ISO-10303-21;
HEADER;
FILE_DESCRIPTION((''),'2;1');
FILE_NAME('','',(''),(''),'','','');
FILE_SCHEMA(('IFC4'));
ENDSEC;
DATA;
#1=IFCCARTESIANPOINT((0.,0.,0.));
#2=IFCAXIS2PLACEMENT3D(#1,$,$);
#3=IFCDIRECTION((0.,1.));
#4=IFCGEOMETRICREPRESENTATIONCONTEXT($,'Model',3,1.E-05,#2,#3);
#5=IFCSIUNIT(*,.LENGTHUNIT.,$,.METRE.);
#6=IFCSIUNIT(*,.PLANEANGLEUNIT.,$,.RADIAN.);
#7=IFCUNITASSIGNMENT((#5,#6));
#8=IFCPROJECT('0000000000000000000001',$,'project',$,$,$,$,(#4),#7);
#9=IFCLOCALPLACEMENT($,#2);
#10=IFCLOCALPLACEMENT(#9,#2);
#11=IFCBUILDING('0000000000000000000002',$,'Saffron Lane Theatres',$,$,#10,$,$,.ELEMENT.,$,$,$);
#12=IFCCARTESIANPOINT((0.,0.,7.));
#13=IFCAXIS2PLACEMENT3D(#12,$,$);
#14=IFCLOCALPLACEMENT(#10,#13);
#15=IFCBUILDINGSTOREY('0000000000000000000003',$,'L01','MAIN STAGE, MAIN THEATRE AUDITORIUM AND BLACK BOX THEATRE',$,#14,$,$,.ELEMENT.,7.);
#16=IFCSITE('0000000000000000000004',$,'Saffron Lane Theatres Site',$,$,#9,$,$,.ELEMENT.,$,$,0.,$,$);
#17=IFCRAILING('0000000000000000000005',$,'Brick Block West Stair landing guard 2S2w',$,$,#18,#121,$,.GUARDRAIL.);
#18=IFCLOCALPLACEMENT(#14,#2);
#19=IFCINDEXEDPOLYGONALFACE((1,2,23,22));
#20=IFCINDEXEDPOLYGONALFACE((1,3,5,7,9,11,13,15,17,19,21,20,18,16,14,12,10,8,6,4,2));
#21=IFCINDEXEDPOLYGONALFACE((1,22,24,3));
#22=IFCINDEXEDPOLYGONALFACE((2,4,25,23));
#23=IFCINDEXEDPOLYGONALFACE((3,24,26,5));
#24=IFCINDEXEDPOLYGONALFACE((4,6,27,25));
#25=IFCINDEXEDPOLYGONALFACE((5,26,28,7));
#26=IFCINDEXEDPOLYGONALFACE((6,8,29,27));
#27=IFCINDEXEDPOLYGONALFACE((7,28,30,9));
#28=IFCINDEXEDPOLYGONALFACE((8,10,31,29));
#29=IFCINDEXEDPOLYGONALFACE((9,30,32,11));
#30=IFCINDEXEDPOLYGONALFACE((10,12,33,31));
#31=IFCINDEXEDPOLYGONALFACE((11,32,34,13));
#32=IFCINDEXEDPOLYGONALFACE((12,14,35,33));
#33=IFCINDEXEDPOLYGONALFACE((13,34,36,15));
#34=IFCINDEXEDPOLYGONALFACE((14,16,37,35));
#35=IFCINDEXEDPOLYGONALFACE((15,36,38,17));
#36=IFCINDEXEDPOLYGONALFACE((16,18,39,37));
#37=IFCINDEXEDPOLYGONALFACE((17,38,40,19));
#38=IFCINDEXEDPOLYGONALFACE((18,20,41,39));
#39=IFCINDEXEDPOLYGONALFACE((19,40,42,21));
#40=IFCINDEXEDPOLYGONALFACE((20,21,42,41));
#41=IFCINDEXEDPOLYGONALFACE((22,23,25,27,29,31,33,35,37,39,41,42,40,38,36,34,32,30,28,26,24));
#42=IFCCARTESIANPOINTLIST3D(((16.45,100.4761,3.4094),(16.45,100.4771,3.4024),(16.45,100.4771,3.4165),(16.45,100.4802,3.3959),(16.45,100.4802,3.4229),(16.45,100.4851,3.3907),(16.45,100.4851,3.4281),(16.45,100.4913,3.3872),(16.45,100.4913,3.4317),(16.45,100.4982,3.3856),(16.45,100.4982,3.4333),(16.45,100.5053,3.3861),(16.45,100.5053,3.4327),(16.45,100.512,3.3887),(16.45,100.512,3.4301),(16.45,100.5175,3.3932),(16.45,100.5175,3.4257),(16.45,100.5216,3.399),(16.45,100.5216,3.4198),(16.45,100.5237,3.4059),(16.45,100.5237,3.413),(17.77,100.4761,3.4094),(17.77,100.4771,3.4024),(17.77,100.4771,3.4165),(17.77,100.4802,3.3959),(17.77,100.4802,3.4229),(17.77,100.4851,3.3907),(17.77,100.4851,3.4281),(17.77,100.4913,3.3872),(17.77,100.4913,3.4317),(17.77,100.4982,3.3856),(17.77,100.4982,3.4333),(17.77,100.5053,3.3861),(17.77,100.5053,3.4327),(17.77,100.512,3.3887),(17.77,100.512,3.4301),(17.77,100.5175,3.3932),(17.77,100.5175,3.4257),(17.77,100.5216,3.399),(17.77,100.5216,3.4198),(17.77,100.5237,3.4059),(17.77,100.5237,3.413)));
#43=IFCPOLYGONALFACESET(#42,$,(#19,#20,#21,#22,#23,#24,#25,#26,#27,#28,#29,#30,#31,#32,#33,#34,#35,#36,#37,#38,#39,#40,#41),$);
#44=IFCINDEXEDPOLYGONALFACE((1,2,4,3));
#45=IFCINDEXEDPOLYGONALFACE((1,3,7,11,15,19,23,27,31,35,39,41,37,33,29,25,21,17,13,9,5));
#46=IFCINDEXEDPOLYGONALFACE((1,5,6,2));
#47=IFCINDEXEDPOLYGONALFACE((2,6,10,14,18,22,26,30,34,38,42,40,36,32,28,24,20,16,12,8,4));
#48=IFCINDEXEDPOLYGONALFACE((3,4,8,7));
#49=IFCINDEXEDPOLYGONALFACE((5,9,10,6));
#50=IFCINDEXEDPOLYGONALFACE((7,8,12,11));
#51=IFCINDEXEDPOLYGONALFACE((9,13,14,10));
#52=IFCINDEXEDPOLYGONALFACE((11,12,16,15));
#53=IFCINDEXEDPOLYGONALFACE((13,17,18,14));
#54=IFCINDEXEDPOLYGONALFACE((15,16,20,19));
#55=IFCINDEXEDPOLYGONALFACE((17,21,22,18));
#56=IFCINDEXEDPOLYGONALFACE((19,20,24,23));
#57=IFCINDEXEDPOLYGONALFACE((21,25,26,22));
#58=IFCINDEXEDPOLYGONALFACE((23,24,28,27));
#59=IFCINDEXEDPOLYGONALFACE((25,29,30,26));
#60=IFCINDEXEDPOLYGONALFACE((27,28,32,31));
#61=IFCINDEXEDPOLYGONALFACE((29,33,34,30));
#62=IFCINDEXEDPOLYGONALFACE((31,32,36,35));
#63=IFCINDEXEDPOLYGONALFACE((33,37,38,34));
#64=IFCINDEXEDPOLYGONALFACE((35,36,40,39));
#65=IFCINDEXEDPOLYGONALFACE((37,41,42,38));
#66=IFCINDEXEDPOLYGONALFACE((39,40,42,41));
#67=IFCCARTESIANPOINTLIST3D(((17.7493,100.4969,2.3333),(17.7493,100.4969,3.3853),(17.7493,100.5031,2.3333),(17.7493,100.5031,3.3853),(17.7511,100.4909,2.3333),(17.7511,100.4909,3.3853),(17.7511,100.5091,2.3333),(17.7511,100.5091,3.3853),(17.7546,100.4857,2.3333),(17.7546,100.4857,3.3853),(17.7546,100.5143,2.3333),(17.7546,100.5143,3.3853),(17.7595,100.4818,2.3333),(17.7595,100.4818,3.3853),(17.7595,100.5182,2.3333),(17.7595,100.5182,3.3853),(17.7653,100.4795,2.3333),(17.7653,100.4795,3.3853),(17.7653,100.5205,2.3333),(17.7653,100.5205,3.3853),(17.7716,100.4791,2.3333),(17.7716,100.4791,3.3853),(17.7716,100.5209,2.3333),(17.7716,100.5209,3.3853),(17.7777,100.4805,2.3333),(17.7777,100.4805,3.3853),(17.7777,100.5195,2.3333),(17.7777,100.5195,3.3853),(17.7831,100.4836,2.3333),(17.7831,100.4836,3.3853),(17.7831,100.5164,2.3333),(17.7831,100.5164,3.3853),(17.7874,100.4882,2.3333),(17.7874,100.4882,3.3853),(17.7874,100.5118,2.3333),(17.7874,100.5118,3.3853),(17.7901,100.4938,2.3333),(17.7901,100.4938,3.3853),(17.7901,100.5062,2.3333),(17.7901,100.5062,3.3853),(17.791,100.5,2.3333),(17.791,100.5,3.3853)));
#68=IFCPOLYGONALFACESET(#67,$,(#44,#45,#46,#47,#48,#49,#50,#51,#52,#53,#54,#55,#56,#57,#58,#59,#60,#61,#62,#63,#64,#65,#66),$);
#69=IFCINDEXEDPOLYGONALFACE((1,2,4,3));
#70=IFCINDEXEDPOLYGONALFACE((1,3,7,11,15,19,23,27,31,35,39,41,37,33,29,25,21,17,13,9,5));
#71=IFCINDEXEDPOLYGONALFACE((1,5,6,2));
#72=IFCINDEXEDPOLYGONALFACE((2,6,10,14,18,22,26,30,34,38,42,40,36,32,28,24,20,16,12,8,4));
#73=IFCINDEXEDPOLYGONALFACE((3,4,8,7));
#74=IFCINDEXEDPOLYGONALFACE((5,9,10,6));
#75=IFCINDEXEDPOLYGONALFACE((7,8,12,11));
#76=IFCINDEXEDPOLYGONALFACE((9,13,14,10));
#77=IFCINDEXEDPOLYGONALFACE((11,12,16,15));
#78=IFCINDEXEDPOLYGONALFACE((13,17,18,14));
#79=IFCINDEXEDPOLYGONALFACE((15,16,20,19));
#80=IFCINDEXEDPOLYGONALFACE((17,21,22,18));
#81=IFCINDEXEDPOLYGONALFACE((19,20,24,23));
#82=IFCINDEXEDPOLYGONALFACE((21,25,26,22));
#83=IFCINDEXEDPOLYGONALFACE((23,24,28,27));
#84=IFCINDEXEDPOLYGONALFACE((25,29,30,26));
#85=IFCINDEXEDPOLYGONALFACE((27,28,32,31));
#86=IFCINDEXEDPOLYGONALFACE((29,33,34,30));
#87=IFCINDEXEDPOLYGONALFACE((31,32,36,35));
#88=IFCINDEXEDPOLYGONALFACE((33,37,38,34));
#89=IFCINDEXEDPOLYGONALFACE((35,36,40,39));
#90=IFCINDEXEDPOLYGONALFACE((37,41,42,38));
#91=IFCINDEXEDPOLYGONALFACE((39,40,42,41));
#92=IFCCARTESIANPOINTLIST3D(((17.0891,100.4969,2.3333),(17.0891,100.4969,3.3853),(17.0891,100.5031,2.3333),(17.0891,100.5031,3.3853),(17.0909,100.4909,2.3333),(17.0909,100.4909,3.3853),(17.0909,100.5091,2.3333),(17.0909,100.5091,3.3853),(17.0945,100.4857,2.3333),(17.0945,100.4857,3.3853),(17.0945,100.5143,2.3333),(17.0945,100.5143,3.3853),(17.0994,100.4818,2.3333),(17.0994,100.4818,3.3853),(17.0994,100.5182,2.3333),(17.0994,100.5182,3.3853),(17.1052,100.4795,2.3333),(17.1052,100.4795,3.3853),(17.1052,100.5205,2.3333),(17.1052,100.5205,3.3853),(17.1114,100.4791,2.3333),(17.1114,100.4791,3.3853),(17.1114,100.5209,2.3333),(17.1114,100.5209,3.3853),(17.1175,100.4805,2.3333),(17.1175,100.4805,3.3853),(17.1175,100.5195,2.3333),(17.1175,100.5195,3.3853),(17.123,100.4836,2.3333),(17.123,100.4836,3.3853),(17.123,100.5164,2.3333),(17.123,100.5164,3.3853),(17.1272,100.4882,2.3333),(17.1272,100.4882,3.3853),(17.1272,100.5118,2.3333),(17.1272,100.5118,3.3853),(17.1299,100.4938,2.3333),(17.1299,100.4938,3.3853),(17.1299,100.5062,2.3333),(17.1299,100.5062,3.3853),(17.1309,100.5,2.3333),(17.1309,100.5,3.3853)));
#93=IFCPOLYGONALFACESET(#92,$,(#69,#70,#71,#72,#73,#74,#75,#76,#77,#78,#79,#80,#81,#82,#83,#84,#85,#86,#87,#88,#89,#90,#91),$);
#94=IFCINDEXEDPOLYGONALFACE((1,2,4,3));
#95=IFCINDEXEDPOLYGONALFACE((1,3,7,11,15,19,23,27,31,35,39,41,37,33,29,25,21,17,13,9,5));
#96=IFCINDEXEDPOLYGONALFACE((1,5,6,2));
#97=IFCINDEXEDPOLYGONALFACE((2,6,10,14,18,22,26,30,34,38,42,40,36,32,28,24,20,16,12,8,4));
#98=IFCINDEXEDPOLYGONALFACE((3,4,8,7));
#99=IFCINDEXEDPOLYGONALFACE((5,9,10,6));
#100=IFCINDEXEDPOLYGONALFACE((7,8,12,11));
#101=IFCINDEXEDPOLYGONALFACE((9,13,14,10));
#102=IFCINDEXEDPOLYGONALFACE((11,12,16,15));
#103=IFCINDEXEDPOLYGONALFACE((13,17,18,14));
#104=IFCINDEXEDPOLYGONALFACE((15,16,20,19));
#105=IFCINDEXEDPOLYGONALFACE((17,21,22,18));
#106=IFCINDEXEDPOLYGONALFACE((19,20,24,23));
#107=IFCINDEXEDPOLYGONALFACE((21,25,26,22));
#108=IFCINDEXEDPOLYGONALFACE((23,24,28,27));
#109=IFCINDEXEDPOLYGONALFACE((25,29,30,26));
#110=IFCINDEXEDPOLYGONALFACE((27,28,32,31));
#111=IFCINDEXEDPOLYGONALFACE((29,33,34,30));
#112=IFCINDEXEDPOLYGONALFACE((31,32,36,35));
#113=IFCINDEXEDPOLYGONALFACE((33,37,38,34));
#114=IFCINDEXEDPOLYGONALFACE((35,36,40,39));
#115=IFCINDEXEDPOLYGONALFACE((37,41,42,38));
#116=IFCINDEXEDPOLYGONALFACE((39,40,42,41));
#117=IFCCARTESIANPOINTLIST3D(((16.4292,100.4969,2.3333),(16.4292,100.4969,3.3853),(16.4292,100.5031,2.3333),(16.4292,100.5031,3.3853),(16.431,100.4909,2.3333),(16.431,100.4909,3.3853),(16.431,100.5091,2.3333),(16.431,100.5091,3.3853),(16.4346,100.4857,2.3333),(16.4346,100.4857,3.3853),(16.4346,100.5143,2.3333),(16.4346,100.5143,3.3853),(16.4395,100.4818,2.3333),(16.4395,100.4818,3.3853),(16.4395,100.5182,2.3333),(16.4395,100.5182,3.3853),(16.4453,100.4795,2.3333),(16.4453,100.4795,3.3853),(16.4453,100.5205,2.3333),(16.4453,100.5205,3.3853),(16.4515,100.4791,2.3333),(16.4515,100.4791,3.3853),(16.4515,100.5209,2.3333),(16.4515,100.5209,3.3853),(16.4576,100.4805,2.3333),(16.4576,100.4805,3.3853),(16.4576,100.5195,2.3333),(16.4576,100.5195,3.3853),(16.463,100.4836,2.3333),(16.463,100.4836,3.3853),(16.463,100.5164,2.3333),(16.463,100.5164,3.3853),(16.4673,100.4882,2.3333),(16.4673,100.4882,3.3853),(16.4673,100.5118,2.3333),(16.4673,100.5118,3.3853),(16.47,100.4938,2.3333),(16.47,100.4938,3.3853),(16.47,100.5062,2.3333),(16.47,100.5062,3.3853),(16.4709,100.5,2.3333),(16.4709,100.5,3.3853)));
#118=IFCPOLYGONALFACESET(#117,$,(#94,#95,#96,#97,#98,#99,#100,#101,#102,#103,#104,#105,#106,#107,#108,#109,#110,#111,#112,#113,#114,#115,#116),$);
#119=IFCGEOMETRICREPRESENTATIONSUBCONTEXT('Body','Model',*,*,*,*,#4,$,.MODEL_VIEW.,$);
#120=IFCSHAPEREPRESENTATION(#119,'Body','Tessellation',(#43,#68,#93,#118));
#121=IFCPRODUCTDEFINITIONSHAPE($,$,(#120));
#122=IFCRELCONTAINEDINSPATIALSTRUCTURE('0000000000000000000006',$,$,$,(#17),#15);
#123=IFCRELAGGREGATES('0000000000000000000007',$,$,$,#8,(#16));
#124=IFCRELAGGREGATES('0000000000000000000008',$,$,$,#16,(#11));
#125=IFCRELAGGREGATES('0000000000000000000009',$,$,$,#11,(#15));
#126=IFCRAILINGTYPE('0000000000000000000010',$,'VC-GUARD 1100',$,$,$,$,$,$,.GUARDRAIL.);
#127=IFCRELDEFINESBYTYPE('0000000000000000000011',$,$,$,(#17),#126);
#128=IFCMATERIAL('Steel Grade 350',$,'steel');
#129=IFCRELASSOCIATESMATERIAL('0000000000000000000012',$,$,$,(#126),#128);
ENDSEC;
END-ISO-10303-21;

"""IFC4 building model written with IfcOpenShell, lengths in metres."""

from ifc_helpers import new_model, si_unit, direction, frame, origin, origin_2d, place, context, subcontext, project, spatial, circle, extrude, material, type_object, element, save


model = new_model("IFC4")

# Units and contexts
model_context = context("Model", 3, precision=1e-05, world=origin(), true_north=direction((0.0, 1.0)))
body_context = subcontext(model_context, "Body", "Model", "MODEL_VIEW")
ifc_project = project(units=[si_unit("LENGTHUNIT", "METRE"), si_unit("PLANEANGLEUNIT", "RADIAN")], contexts=[model_context])

# Site, building, storey
site_placement = place(None, origin())
site = spatial("IfcSite", under=ifc_project, at=site_placement, Name="Saffron Lane Theatres Site", CompositionType="ELEMENT", RefElevation=0.0)
building_placement = place(site_placement, origin())
building = spatial("IfcBuilding", under=site, at=building_placement, Name="Saffron Lane Theatres", CompositionType="ELEMENT")
storey_placement = place(building_placement, frame((0.0, 0.0, 7.0)))
storey = spatial("IfcBuildingStorey", under=building, at=storey_placement, Name="L01", Description="MAIN STAGE, MAIN THEATRE AUDITORIUM AND BLACK BOX THEATRE", CompositionType="ELEMENT", Elevation=7.0)

# Railing
ifc_material_1 = material(Name="Steel Grade 350", Category="steel")
railing_type_1 = type_object("IfcRailingType", Name="VC-GUARD 1100", PredefinedType="GUARDRAIL", material=ifc_material_1)
railing_1_placement = place(storey_placement, frame((17.77, 100.5, 2.3333)))
element("IfcRailing", 1, at=railing_1_placement, inside=storey, type_object=railing_type_1, Name="Brick Block West Stair landing guard 2S2w", PredefinedType="GUARDRAIL", context=body_context, shape_type="SweptSolid", body=[
    extrude(circle(Radius=0.0239, at=origin_2d()), frame((0.0, 0.0, 1.0762), z_axis=(-1.0, 0.0, 0.0), x_axis=(0.0, -1.0, 0.0)), (0.0, 0.0, 1.0), 1.3201),
    extrude(circle(Radius=0.021, at=origin_2d()), origin(), (0.0, 0.0, 1.0), 1.052),
    extrude(circle(Radius=0.021, at=origin_2d()), frame((-0.6602, 0.0, 0.0)), (0.0, 0.0, 1.0), 1.052),
    extrude(circle(Radius=0.021, at=origin_2d()), frame((-1.3201, 0.0, 0.0)), (0.0, 0.0, 1.0), 1.052),
])

save(model, "model.ifc")
